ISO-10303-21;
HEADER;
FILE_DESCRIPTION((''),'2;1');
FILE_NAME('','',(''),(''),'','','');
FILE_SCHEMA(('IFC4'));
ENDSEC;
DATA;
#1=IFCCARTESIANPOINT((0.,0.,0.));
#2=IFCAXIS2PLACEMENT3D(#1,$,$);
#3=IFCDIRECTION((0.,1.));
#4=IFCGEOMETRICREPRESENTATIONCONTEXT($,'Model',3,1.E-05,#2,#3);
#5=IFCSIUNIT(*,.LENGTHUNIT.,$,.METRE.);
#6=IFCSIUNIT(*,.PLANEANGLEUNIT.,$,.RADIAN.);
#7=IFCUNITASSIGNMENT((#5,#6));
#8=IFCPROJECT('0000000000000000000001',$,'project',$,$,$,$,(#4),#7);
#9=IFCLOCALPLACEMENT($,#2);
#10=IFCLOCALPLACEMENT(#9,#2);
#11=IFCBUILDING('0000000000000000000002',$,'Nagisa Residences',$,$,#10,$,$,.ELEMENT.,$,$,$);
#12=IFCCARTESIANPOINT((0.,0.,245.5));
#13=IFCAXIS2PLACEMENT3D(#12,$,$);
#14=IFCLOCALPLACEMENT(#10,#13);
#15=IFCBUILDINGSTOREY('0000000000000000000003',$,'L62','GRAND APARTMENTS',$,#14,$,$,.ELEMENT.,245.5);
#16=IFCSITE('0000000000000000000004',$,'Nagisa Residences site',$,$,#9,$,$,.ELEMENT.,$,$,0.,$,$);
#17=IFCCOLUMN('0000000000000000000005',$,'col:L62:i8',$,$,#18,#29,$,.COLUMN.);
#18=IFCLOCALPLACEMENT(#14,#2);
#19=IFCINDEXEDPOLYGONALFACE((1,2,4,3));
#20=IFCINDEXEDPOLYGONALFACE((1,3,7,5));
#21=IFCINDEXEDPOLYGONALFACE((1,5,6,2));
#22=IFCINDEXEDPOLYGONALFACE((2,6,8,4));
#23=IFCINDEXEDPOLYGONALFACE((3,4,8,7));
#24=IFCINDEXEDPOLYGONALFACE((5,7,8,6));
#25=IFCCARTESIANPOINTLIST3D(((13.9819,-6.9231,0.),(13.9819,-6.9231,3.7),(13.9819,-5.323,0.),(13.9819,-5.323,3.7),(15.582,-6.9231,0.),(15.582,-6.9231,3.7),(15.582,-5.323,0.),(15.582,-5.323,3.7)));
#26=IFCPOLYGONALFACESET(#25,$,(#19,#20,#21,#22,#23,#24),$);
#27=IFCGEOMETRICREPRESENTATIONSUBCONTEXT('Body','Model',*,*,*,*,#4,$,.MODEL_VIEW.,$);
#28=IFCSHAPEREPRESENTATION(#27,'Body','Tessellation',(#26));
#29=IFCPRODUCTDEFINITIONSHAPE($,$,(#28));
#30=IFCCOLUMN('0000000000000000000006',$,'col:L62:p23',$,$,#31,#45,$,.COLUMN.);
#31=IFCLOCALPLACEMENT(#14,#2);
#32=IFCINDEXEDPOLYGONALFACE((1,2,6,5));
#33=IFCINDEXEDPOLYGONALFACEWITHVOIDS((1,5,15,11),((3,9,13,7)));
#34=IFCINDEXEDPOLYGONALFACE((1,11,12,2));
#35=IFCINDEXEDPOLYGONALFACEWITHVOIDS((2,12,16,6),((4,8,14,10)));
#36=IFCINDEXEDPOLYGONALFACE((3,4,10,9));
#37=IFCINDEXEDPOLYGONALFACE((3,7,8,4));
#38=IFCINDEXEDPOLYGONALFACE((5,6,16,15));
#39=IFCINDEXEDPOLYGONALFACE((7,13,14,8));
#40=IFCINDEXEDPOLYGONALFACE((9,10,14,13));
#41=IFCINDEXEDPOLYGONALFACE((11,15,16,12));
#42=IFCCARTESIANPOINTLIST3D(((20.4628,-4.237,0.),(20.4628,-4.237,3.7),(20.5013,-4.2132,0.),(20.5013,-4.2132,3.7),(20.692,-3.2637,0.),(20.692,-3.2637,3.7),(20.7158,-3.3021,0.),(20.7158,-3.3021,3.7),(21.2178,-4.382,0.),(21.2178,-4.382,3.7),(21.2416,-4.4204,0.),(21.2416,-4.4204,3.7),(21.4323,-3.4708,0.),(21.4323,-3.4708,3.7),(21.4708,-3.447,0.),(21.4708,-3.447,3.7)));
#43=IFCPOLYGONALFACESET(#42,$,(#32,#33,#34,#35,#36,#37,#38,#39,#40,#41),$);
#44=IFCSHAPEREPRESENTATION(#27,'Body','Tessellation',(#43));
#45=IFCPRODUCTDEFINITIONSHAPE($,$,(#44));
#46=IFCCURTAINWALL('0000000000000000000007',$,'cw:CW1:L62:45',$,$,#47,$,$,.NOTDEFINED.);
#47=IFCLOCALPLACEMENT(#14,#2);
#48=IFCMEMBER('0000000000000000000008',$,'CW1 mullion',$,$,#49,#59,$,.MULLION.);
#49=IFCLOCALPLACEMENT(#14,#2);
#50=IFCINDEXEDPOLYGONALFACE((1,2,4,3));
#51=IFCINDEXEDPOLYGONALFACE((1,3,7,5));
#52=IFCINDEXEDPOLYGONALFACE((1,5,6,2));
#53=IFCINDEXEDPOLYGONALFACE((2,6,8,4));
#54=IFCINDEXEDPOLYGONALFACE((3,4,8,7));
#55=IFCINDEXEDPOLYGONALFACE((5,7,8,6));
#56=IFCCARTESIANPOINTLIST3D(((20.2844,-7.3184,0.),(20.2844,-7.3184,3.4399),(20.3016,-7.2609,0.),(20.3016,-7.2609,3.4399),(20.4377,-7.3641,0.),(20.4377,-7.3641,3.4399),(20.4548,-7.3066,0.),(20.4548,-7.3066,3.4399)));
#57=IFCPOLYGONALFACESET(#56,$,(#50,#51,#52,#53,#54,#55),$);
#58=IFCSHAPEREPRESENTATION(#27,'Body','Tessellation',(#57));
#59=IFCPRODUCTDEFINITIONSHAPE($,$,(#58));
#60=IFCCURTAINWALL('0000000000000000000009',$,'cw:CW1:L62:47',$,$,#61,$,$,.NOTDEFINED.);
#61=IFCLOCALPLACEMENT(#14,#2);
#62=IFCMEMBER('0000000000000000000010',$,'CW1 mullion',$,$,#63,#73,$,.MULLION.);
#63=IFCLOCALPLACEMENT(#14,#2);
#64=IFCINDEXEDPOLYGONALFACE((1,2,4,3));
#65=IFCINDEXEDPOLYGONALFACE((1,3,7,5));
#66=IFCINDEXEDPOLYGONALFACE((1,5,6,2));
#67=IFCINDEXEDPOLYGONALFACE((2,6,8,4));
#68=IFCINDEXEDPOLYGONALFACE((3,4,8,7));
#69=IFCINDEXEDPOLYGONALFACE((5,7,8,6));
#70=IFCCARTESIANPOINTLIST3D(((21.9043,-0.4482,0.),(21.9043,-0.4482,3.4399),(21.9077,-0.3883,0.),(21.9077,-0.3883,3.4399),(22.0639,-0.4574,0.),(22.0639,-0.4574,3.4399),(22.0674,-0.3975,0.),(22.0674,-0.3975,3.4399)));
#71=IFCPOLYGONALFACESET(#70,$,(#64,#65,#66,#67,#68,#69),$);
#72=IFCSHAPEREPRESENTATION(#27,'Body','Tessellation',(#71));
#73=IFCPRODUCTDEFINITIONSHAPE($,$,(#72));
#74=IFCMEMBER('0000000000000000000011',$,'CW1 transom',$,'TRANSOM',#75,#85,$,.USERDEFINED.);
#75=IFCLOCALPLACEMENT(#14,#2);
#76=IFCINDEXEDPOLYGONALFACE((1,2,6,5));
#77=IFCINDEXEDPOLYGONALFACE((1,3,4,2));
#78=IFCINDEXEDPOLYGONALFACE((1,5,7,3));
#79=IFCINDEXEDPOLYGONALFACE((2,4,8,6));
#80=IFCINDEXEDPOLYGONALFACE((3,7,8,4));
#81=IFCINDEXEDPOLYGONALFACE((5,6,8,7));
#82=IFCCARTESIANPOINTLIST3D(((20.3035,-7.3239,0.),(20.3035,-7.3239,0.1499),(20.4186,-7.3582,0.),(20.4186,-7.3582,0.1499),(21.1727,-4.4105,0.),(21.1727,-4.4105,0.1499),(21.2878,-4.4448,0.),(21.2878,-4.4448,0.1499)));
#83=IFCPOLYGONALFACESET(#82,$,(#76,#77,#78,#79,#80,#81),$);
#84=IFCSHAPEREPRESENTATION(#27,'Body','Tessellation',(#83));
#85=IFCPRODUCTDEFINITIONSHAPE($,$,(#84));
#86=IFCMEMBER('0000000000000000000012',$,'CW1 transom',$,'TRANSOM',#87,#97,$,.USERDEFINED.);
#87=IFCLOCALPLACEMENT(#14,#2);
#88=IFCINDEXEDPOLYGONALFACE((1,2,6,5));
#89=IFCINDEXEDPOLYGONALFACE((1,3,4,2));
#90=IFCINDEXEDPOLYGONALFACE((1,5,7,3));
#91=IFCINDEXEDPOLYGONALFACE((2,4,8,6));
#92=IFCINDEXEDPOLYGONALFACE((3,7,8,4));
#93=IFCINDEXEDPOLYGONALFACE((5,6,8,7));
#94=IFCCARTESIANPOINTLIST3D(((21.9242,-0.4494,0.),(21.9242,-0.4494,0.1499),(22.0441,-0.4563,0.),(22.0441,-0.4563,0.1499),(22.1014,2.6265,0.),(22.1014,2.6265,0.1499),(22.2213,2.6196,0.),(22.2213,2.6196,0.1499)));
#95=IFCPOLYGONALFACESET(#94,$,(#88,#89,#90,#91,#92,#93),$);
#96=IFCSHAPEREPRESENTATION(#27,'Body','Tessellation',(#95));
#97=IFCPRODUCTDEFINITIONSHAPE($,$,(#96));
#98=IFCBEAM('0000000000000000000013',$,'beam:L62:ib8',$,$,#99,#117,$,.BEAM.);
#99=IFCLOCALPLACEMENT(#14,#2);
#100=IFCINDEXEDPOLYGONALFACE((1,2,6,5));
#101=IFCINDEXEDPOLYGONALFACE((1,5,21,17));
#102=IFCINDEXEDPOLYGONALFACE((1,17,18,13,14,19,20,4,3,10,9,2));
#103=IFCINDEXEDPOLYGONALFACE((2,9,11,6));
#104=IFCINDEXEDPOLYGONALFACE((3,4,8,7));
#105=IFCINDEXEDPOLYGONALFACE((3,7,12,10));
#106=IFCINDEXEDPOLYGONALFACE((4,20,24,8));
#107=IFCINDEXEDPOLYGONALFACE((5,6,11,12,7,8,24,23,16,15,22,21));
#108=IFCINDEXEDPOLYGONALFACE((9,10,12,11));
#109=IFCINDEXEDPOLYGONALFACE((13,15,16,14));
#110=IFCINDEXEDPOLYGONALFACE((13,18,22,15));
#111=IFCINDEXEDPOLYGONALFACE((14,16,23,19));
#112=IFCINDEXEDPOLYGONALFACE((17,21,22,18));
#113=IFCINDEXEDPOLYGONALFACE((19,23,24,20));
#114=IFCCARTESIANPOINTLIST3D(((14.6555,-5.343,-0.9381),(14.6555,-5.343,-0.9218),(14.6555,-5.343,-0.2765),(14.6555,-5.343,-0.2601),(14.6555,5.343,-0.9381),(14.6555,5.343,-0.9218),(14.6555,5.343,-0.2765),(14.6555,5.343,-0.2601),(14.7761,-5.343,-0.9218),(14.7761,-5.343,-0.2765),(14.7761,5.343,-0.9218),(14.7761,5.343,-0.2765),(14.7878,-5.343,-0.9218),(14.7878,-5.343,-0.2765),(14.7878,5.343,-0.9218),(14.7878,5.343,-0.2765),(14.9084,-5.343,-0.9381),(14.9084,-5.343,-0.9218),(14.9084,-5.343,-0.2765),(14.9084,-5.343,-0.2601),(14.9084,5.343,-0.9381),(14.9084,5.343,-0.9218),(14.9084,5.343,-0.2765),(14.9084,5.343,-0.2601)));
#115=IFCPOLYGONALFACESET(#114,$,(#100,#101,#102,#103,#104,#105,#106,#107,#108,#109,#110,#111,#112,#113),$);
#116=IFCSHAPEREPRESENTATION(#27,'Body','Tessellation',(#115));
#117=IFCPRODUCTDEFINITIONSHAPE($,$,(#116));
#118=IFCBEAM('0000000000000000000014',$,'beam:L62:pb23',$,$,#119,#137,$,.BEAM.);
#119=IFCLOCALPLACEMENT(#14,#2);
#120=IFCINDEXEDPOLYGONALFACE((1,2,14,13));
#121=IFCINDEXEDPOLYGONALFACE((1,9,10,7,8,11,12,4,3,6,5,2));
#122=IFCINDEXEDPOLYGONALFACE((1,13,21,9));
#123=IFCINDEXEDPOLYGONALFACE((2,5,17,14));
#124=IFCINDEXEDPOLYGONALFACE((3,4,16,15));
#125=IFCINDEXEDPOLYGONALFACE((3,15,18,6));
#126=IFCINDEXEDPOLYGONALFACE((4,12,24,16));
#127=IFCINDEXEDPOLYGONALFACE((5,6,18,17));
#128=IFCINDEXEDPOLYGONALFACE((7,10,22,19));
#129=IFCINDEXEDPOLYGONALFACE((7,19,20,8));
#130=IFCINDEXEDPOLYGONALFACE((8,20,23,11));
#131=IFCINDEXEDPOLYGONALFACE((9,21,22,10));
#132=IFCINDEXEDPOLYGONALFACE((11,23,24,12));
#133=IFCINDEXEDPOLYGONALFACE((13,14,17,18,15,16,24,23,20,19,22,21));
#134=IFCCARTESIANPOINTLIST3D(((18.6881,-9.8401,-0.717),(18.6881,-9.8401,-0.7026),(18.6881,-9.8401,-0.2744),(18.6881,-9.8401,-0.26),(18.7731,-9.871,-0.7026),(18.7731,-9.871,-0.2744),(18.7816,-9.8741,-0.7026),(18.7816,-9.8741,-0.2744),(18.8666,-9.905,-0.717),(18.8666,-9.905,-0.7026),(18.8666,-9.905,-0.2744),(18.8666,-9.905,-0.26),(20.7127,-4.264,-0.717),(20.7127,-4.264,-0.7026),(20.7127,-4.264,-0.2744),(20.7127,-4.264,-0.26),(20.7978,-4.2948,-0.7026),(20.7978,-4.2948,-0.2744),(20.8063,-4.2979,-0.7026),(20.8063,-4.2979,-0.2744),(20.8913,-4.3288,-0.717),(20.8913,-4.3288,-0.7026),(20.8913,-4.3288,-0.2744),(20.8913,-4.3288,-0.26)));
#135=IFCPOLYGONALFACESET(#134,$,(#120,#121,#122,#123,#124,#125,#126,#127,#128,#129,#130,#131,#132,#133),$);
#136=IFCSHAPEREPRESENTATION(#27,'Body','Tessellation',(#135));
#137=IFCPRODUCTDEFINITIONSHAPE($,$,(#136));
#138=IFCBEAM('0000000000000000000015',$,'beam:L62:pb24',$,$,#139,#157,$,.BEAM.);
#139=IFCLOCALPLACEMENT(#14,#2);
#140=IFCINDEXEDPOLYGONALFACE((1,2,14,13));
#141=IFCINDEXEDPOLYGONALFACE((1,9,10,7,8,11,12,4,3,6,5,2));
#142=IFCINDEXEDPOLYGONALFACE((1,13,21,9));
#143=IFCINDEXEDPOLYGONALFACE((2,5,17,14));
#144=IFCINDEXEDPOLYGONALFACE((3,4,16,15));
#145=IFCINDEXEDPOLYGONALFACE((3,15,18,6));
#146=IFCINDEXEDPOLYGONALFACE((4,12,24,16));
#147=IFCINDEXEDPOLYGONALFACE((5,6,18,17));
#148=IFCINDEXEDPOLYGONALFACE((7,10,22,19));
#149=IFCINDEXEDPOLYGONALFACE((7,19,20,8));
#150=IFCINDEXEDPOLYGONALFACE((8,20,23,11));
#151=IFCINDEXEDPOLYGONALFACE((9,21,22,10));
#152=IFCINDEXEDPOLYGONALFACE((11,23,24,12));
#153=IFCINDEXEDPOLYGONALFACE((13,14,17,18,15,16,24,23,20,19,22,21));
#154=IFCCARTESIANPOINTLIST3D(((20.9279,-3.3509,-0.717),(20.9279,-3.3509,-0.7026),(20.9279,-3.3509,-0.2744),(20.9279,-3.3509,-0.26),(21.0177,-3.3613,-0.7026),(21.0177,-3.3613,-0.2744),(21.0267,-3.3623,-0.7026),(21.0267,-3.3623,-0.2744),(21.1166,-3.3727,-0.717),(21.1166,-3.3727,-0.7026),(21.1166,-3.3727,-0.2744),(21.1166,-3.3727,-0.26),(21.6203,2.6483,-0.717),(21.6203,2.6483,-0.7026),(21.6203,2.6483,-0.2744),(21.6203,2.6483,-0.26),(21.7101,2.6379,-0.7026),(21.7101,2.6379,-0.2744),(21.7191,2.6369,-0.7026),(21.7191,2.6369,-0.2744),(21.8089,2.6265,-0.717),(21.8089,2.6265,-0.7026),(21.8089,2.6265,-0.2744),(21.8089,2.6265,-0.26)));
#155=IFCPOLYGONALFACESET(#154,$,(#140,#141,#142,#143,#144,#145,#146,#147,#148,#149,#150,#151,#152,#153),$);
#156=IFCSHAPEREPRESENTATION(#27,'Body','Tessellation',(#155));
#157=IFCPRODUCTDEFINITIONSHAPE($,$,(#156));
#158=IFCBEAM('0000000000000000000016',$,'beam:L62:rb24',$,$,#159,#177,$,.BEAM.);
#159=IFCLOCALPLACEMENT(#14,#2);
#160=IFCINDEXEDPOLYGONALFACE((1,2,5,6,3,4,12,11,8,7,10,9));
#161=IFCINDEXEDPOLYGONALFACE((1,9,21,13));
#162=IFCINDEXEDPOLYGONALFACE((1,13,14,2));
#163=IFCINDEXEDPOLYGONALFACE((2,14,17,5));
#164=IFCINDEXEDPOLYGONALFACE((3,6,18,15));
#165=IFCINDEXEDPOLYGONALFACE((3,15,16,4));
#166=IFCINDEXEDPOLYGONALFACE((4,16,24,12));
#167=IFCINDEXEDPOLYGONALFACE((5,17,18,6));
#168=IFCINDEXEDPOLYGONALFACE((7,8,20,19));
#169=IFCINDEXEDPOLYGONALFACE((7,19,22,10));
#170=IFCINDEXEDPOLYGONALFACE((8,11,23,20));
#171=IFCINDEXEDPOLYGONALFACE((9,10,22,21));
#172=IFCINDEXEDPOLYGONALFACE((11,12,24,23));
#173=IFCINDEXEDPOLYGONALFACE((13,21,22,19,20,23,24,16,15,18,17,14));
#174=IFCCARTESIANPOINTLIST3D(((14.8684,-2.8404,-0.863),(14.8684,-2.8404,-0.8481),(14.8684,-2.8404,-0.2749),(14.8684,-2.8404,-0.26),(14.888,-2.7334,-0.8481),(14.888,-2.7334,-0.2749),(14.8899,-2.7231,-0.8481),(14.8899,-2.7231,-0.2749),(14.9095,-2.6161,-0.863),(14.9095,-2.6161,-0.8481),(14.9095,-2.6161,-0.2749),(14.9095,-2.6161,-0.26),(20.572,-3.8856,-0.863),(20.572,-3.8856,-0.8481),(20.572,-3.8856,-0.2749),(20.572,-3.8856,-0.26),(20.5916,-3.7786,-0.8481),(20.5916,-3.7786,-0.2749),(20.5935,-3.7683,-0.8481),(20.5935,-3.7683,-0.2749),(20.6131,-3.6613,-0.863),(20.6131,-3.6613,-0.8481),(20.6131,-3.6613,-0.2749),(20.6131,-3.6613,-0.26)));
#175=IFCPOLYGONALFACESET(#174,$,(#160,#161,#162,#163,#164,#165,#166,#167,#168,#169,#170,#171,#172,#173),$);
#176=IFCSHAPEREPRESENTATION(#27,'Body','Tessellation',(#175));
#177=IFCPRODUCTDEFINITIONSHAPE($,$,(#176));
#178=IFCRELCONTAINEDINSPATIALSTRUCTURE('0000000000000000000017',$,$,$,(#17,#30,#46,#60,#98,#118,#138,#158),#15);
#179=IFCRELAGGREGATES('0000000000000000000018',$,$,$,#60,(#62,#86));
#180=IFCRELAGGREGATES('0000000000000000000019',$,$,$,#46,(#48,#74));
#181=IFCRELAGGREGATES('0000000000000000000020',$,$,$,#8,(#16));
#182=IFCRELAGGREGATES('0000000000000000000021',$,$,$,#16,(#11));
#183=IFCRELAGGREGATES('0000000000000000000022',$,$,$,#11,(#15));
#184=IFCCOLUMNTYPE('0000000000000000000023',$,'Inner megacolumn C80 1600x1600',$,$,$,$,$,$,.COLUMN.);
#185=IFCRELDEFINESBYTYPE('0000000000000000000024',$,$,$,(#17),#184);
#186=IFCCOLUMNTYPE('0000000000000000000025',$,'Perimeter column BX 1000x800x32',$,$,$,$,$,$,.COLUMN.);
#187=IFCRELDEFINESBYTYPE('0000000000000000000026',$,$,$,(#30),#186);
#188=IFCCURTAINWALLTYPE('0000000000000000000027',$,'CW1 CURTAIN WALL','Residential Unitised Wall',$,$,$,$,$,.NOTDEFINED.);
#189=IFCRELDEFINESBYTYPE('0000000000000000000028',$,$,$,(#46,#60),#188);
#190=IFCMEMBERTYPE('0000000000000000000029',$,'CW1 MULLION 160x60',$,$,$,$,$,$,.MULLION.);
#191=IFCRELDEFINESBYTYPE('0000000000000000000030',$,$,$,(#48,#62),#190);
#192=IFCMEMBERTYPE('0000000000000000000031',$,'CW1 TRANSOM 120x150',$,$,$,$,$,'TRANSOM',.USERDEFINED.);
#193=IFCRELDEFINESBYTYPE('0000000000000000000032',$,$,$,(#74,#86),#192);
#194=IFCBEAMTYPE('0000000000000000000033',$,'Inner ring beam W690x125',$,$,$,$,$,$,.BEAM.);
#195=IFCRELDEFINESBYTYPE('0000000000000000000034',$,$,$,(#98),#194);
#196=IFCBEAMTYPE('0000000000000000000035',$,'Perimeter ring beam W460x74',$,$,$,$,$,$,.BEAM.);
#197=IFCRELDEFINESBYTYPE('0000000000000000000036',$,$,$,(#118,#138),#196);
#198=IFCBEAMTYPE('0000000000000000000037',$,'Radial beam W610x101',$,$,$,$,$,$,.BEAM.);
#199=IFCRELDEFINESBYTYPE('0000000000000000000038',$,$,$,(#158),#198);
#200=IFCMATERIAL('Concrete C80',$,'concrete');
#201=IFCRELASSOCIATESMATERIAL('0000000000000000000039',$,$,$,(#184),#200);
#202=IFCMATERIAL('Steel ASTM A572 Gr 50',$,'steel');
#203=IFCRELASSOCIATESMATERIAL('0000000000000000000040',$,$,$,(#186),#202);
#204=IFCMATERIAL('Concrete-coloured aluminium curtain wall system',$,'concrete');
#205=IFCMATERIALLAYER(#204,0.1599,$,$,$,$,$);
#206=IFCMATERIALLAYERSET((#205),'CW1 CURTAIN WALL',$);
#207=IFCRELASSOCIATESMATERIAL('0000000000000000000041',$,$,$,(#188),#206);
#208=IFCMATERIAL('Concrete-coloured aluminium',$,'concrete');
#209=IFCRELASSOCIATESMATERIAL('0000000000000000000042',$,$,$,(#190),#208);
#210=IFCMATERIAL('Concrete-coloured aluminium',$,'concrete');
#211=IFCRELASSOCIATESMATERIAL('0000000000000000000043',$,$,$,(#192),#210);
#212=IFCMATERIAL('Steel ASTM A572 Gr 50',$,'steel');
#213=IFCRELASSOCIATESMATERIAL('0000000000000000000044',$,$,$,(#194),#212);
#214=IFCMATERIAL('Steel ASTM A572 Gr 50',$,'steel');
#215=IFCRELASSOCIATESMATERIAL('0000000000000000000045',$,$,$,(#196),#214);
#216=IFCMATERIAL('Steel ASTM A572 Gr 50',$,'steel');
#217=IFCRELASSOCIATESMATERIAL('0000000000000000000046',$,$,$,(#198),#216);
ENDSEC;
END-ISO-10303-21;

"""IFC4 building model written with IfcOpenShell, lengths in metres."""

from ifc_helpers import new_model, si_unit, direction, frame, origin, origin_2d, place, context, subcontext, project, spatial, rectangle, hollow_rectangle, i_section, extrude, material, layer, layer_set, material_profile, profile_set, type_object, element, aggregate, save


model = new_model("IFC4")

# Units and contexts
model_context = context("Model", 3, precision=1e-05, world=origin(), true_north=direction((0.0, 1.0)))
body_context = subcontext(model_context, "Body", "Model", "MODEL_VIEW")
ifc_project = project(units=[si_unit("LENGTHUNIT", "METRE"), si_unit("PLANEANGLEUNIT", "RADIAN")], contexts=[model_context])

# Site, building, storey
site_placement = place(None, origin())
site = spatial("IfcSite", under=ifc_project, at=site_placement, Name="Nagisa Residences site", CompositionType="ELEMENT", RefElevation=0.0)
building_placement = place(site_placement, origin())
building = spatial("IfcBuilding", under=site, at=building_placement, Name="Nagisa Residences", CompositionType="ELEMENT")
storey_placement = place(building_placement, frame((0.0, 0.0, 245.5)))
storey = spatial("IfcBuildingStorey", under=building, at=storey_placement, Name="L62", Description="GRAND APARTMENTS", CompositionType="ELEMENT", Elevation=245.5)

# Columns
ifc_material_1 = material(Name="Concrete C80", Category="concrete")
ifc_material_profile_1 = material_profile(ifc_material_1, rectangle(XDim=1.6001, YDim=1.6001, at=origin_2d()), Name="C80 1600x1600")
ifc_profile_set_1 = profile_set([ifc_material_profile_1], Name="Concrete C80")
column_type_1 = type_object("IfcColumnType", Name="Inner megacolumn C80 1600x1600", PredefinedType="COLUMN", material=ifc_profile_set_1)
column_1_placement = place(storey_placement, frame((14.782, -6.123, 0.0), z_axis=(0.0, 0.0, 1.0), x_axis=(1.0, 0.0, 0.0)))
element("IfcColumn", 1, at=column_1_placement, inside=storey, type_object=column_type_1, Name="col:L62:i8", PredefinedType="COLUMN", context=body_context, shape_type="SweptSolid", body=[
    extrude(rectangle(XDim=1.6001, YDim=1.6001, at=origin_2d()), origin(), (0.0, 0.0, 1.0), 3.7),
])
ifc_material_2 = material(Name="Steel ASTM A572 Gr 50", Category="steel")
ifc_material_profile_2 = material_profile(ifc_material_2, hollow_rectangle(XDim=1.0, YDim=0.8, WallThickness=0.032, at=origin_2d()), Name="BX 1000x800x32")
ifc_profile_set_2 = profile_set([ifc_material_profile_2], Name="Steel ASTM A572 Gr 50")
column_type_2 = type_object("IfcColumnType", Name="Perimeter column BX 1000x800x32", PredefinedType="COLUMN", material=ifc_profile_set_2)
column_2_placement = place(storey_placement, frame((20.9668, -3.842, 0.0), z_axis=(0.0, 0.0, 1.0), x_axis=(0.229202, 0.973379, 0.0)))
element("IfcColumn", 2, at=column_2_placement, inside=storey, type_object=column_type_2, Name="col:L62:p23", PredefinedType="COLUMN", context=body_context, shape_type="SweptSolid", body=[
    extrude(hollow_rectangle(XDim=1.0, YDim=0.8, WallThickness=0.032, at=origin_2d()), origin(), (0.0, 0.0, 1.0), 3.7),
])

# Curtain walls, members
ifc_material_3 = material(Name="Concrete-coloured aluminium curtain wall system", Category="concrete")
ifc_layer_1 = layer(ifc_material_3, 0.1599)
ifc_layer_set_1 = layer_set([ifc_layer_1], Name="CW1 CURTAIN WALL")
curtain_wall_type = type_object("IfcCurtainWallType", Name="CW1 CURTAIN WALL", Description="Residential Unitised Wall", PredefinedType="NOTDEFINED", material=ifc_layer_set_1)
curtain_wall_1_placement = place(storey_placement, origin())
curtain_wall_1 = element("IfcCurtainWall", 3, at=curtain_wall_1_placement, inside=storey, type_object=curtain_wall_type, Name="cw:CW1:L62:45", PredefinedType="NOTDEFINED")
ifc_material_4 = material(Name="Concrete-coloured aluminium", Category="concrete")
ifc_material_profile_3 = material_profile(ifc_material_4, rectangle(XDim=0.1599, YDim=0.0601, at=origin_2d()), Name="CW1 MULLION 160x60")
ifc_profile_set_3 = profile_set([ifc_material_profile_3], Name="Concrete-coloured aluminium")
member_type_1 = type_object("IfcMemberType", Name="CW1 MULLION 160x60", PredefinedType="MULLION", material=ifc_profile_set_3)
member_1_placement = place(storey_placement, frame((20.3696, -7.3125, 0.0), z_axis=(0.0, 0.0, 1.0), x_axis=(-0.958271, 0.28586, 0.0)))
member_1 = element("IfcMember", 4, at=member_1_placement, type_object=member_type_1, Name="CW1 mullion", PredefinedType="MULLION", context=body_context, shape_type="SweptSolid", body=[
    extrude(rectangle(XDim=0.1599, YDim=0.0601, at=origin_2d()), origin(), (0.0, 0.0, 1.0), 3.4399),
])
curtain_wall_2_placement = place(storey_placement, origin())
curtain_wall_2 = element("IfcCurtainWall", 5, at=curtain_wall_2_placement, inside=storey, type_object=curtain_wall_type, Name="cw:CW1:L62:47", PredefinedType="NOTDEFINED")
member_2_placement = place(storey_placement, frame((21.9858, -0.4229, 0.0), z_axis=(0.0, 0.0, 1.0), x_axis=(-0.998345, 0.057503, 0.0)))
member_2 = element("IfcMember", 6, at=member_2_placement, type_object=member_type_1, Name="CW1 mullion", PredefinedType="MULLION", context=body_context, shape_type="SweptSolid", body=[
    extrude(rectangle(XDim=0.1599, YDim=0.0601, at=origin_2d()), origin(), (0.0, 0.0, 1.0), 3.4399),
])

# Members
ifc_material_5 = material(Name="Concrete-coloured aluminium", Category="concrete")
ifc_material_profile_4 = material_profile(ifc_material_5, rectangle(XDim=0.1201, YDim=0.1499, at=origin_2d()), Name="CW1 TRANSOM 120x150")
ifc_profile_set_4 = profile_set([ifc_material_profile_4], Name="Concrete-coloured aluminium")
member_type_2 = type_object("IfcMemberType", Name="CW1 TRANSOM 120x150", ElementType="TRANSOM", PredefinedType="USERDEFINED", material=ifc_profile_set_4)
member_3_placement = place(storey_placement, frame((20.3611, -7.3411, 0.075), z_axis=(0.285881, 0.958265, 0.0), x_axis=(-0.958265, 0.285881, 0.0)))
member_3 = element("IfcMember", 7, at=member_3_placement, type_object=member_type_2, Name="CW1 transom", ObjectType="TRANSOM", PredefinedType="USERDEFINED", context=body_context, shape_type="SweptSolid", body=[
    extrude(rectangle(XDim=0.1201, YDim=0.1499, at=origin_2d()), origin(), (0.0, 0.0, 1.0), 3.0403),
])
member_4_placement = place(storey_placement, frame((21.9841, -0.4529, 0.075), z_axis=(0.057528, 0.998344, 0.0), x_axis=(-0.998344, 0.057528, 0.0)))
member_4 = element("IfcMember", 8, at=member_4_placement, type_object=member_type_2, Name="CW1 transom", ObjectType="TRANSOM", PredefinedType="USERDEFINED", context=body_context, shape_type="SweptSolid", body=[
    extrude(rectangle(XDim=0.1201, YDim=0.1499, at=origin_2d()), origin(), (0.0, 0.0, 1.0), 3.0811),
])
aggregate(curtain_wall_2, [member_2, member_4])

# Beams
ifc_material_6 = material(Name="Steel ASTM A572 Gr 50", Category="steel")
ifc_material_profile_5 = material_profile(ifc_material_6, i_section(OverallWidth=0.2529, OverallDepth=0.678, WebThickness=0.0117, FlangeThickness=0.0164, at=origin_2d()), Name="W690x125")
ifc_profile_set_5 = profile_set([ifc_material_profile_5], Name="Steel ASTM A572 Gr 50")
beam_type_1 = type_object("IfcBeamType", Name="Inner ring beam W690x125", PredefinedType="BEAM", material=ifc_profile_set_5)
beam_1_placement = place(storey_placement, frame((14.782, -5.343, -0.5991), z_axis=(0.0, 1.0, 0.0), x_axis=(-1.0, 0.0, 0.0)))
element("IfcBeam", 9, at=beam_1_placement, inside=storey, type_object=beam_type_1, Name="beam:L62:ib8", PredefinedType="BEAM", context=body_context, shape_type="SweptSolid", body=[
    extrude(i_section(OverallWidth=0.2529, OverallDepth=0.678, WebThickness=0.0117, FlangeThickness=0.0164, at=origin_2d()), origin(), (0.0, 0.0, 1.0), 10.686),
])
ifc_material_7 = material(Name="Steel ASTM A572 Gr 50", Category="steel")
ifc_material_profile_6 = material_profile(ifc_material_7, i_section(OverallWidth=0.1899, OverallDepth=0.457, WebThickness=0.009, FlangeThickness=0.0144, at=origin_2d()), Name="W460x74")
ifc_profile_set_6 = profile_set([ifc_material_profile_6], Name="Steel ASTM A572 Gr 50")
beam_type_2 = type_object("IfcBeamType", Name="Perimeter ring beam W460x74", PredefinedType="BEAM", material=ifc_profile_set_6)
beam_2_placement = place(storey_placement, frame((18.7773, -9.8726, -0.4885), z_axis=(0.34129, 0.939958, 0.0), x_axis=(-0.939958, 0.34129, 0.0)))
element("IfcBeam", 10, at=beam_2_placement, inside=storey, type_object=beam_type_2, Name="beam:L62:pb23", PredefinedType="BEAM", context=body_context, shape_type="SweptSolid", body=[
    extrude(i_section(OverallWidth=0.1899, OverallDepth=0.457, WebThickness=0.009, FlangeThickness=0.0144, at=origin_2d()), origin(), (0.0, 0.0, 1.0), 5.9324),
])
beam_3_placement = place(storey_placement, frame((21.0222, -3.3618, -0.4885), z_axis=(0.11465, 0.993406, 0.0), x_axis=(-0.993406, 0.11465, 0.0)))
element("IfcBeam", 11, at=beam_3_placement, inside=storey, type_object=beam_type_2, Name="beam:L62:pb24", PredefinedType="BEAM", context=body_context, shape_type="SweptSolid", body=[
    extrude(i_section(OverallWidth=0.1899, OverallDepth=0.457, WebThickness=0.009, FlangeThickness=0.0144, at=origin_2d()), origin(), (0.0, 0.0, 1.0), 6.0391),
])
ifc_material_8 = material(Name="Steel ASTM A572 Gr 50", Category="steel")
ifc_material_profile_7 = material_profile(ifc_material_8, i_section(OverallWidth=0.228, OverallDepth=0.603, WebThickness=0.0105, FlangeThickness=0.0149, at=origin_2d()), Name="W610x101")
ifc_profile_set_7 = profile_set([ifc_material_profile_7], Name="Steel ASTM A572 Gr 50")
beam_type_3 = type_object("IfcBeamType", Name="Radial beam W610x101", PredefinedType="BEAM", material=ifc_profile_set_7)
beam_4_placement = place(storey_placement, frame((20.5925, -3.7734, -0.5615), z_axis=(-0.983622, 0.180245, 0.0), x_axis=(-0.180245, -0.983622, 0.0)))
element("IfcBeam", 12, at=beam_4_placement, inside=storey, type_object=beam_type_3, Name="beam:L62:rb24", PredefinedType="BEAM", context=body_context, shape_type="SweptSolid", body=[
    extrude(i_section(OverallWidth=0.228, OverallDepth=0.603, WebThickness=0.0105, FlangeThickness=0.0149, at=origin_2d()), origin(), (0.0, 0.0, 1.0), 5.7986),
])

aggregate(curtain_wall_1, [member_1, member_3])

save(model, "model.ifc")
